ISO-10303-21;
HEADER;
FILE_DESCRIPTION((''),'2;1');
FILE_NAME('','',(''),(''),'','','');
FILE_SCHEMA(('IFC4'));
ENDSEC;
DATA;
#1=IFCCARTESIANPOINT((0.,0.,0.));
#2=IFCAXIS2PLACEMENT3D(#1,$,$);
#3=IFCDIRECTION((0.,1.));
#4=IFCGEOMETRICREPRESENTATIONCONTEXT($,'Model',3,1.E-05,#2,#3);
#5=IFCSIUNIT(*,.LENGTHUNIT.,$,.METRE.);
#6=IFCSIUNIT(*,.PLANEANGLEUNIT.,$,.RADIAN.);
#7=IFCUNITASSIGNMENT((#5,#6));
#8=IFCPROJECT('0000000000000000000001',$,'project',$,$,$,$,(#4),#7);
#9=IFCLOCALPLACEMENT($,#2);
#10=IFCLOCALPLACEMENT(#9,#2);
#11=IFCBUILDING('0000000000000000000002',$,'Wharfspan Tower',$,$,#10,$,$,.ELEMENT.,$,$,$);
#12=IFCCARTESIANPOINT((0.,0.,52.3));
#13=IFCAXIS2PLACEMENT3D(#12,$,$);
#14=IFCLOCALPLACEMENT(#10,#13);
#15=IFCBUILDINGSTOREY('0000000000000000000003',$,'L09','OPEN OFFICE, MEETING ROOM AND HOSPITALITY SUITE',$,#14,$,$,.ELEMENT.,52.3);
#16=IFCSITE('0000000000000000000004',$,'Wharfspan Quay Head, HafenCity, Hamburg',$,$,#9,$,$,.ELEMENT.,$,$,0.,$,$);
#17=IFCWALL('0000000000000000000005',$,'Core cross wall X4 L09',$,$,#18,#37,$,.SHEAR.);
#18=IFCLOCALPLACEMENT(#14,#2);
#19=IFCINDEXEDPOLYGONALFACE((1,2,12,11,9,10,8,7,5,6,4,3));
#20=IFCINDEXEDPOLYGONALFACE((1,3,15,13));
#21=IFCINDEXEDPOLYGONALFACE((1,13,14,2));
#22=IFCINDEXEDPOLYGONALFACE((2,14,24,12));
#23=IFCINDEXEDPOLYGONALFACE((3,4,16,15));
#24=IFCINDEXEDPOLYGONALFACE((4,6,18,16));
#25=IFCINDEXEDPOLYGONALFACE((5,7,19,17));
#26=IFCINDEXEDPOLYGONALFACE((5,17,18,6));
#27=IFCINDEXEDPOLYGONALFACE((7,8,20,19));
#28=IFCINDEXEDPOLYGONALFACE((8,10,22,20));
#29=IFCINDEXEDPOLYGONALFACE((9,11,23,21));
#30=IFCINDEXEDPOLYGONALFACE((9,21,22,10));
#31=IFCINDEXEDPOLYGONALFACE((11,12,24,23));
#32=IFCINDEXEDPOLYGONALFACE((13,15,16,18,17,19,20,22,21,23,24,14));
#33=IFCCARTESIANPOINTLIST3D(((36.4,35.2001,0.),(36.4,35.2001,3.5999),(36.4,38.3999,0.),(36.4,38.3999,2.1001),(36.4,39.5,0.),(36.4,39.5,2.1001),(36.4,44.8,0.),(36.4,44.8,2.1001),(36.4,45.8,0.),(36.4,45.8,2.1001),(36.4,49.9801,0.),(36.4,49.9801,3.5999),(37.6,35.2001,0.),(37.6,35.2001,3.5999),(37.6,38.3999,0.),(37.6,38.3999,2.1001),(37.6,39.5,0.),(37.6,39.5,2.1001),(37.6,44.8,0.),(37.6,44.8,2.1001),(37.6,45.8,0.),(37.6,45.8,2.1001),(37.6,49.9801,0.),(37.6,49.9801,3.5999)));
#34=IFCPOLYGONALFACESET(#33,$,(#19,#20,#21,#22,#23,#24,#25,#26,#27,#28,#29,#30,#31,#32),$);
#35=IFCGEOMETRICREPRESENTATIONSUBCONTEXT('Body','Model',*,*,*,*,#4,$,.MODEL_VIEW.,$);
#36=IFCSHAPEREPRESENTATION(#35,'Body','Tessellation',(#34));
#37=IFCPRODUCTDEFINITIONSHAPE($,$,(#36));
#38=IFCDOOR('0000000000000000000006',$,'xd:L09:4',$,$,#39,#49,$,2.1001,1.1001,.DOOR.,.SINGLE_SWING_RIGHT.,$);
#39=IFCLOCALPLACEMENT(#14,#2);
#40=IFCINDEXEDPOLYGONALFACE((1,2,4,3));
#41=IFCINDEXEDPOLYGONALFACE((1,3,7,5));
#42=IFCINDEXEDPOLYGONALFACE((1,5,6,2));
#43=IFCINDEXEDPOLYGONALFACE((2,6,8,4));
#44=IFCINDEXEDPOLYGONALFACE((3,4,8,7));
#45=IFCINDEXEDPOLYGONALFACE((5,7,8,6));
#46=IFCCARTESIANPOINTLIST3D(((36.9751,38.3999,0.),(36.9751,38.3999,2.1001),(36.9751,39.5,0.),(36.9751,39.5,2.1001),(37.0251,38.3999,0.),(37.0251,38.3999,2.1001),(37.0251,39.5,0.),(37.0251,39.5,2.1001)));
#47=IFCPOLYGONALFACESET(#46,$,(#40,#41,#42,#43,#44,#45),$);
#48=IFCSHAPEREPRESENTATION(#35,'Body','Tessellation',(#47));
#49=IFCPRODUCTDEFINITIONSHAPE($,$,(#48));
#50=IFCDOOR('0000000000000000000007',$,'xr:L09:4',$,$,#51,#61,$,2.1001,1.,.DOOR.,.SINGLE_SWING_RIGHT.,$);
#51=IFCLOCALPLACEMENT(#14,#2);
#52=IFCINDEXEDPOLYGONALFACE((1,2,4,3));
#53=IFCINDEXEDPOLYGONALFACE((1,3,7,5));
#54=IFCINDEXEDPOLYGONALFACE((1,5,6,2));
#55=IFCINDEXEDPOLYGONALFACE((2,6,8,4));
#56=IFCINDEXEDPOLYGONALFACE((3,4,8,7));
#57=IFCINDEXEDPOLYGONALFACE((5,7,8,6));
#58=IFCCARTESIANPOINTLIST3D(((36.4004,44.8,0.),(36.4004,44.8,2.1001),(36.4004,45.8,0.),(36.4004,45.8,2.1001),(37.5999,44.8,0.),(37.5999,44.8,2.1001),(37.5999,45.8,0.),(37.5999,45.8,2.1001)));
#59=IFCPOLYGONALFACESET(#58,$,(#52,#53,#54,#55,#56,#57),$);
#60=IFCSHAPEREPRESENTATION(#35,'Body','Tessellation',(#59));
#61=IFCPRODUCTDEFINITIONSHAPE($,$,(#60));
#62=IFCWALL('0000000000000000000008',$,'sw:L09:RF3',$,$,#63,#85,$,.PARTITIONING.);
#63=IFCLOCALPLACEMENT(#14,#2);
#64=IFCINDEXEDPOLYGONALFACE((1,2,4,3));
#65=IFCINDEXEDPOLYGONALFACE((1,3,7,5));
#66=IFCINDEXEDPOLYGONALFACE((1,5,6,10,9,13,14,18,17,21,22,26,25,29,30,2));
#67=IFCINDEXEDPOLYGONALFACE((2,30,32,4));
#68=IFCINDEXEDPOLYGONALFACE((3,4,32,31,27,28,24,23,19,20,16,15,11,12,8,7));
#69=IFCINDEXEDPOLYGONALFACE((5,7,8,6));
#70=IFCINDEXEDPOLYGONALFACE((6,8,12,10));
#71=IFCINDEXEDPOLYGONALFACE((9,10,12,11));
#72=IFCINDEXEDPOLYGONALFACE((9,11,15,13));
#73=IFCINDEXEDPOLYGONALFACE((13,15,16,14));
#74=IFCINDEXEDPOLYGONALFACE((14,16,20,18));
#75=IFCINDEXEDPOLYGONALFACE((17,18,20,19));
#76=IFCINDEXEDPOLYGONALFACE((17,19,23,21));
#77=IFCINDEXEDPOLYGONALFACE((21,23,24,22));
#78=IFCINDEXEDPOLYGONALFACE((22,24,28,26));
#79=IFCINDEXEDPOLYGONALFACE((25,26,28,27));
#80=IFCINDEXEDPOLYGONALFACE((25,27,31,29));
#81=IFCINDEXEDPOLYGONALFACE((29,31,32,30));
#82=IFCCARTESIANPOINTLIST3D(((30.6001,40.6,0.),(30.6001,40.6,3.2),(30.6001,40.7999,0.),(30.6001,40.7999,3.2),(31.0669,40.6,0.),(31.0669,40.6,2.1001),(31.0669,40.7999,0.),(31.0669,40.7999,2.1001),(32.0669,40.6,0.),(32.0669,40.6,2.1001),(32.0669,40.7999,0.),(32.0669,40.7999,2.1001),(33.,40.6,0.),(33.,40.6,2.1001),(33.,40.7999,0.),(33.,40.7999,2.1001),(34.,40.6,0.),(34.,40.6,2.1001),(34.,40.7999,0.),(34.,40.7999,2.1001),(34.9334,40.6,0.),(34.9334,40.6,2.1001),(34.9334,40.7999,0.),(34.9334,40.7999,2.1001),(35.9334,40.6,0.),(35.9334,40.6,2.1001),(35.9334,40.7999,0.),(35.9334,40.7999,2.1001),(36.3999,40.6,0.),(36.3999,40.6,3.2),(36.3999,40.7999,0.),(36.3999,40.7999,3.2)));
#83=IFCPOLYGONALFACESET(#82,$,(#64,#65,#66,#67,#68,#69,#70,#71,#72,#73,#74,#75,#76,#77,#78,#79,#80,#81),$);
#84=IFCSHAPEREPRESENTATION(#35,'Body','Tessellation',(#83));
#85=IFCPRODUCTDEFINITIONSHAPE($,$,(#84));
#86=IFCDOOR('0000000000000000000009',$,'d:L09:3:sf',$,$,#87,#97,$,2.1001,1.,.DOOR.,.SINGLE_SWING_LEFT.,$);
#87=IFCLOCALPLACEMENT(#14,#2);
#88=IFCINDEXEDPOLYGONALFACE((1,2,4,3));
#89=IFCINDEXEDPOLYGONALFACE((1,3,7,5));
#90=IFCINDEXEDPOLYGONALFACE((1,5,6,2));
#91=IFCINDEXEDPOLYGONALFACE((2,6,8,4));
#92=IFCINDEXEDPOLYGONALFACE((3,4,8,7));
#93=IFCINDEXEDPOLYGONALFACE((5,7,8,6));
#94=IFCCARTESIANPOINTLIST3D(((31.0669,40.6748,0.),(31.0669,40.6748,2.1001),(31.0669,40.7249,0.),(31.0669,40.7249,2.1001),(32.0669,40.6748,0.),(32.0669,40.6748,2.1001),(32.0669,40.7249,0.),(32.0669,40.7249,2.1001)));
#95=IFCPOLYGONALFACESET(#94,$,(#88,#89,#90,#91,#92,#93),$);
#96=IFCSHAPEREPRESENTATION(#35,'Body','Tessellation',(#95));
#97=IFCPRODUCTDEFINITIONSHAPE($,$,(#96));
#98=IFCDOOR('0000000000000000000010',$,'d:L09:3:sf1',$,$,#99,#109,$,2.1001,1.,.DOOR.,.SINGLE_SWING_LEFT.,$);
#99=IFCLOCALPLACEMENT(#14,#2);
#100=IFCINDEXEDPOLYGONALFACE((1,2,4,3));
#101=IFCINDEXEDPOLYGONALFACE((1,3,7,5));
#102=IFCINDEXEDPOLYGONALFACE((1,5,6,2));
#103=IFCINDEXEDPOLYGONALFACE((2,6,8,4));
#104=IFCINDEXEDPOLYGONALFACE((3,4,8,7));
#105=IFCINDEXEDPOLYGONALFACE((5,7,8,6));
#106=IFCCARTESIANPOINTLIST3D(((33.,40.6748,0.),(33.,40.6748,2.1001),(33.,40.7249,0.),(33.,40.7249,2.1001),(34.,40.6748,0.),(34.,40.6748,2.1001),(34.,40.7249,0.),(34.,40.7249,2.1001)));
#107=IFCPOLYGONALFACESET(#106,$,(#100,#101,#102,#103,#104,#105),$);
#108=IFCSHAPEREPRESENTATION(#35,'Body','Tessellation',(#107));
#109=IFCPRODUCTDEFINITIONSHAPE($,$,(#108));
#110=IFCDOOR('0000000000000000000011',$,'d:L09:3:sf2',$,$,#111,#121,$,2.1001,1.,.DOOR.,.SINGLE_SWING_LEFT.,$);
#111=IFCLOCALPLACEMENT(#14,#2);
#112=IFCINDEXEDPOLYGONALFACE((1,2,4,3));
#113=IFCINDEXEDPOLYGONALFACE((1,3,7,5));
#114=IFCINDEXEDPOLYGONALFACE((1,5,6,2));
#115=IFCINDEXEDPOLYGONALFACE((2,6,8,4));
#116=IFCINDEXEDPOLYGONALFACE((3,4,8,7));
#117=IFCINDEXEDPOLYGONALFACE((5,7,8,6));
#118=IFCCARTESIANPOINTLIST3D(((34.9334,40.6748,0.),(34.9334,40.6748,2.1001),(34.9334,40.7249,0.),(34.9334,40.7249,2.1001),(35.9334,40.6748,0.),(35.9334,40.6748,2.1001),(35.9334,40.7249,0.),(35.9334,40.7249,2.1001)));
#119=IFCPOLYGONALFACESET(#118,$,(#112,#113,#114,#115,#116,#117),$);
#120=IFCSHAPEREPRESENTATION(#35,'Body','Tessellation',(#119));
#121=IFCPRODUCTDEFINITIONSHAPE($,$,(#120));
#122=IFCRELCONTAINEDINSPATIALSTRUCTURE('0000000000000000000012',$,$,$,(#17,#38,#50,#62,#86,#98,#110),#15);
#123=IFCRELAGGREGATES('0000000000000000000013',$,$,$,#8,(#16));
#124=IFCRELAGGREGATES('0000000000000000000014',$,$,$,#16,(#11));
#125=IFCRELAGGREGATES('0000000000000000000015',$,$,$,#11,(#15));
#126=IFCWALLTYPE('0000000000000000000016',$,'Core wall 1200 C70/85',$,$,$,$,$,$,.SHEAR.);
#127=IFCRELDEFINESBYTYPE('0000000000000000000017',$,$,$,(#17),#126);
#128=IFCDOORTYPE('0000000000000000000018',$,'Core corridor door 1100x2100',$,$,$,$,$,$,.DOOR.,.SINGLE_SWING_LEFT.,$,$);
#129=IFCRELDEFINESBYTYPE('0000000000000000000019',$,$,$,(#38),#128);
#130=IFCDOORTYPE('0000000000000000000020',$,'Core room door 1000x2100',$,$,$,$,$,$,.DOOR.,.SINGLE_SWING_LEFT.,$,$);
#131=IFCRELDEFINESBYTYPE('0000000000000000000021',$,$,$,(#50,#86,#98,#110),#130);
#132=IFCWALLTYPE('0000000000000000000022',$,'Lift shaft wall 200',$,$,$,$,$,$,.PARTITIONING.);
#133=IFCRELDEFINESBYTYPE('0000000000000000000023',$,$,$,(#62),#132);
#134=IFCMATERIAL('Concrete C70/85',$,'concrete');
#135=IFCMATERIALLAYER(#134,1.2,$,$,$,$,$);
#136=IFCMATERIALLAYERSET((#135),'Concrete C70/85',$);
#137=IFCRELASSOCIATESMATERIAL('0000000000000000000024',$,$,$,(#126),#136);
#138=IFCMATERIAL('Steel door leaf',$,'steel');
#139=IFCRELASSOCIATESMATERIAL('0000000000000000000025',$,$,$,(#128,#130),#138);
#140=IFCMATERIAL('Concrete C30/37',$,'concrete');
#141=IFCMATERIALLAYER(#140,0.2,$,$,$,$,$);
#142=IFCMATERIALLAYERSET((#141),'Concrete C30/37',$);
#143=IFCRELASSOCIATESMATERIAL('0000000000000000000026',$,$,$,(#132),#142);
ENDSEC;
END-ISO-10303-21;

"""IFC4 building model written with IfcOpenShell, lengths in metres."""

from ifc_helpers import new_model, si_unit, direction, frame, frame_2d, origin, place, context, subcontext, project, spatial, rectangle, extrude, material, layer, layer_set, type_object, element, fill, save


model = new_model("IFC4")

# Units and contexts
model_context = context("Model", 3, precision=1e-05, world=origin(), true_north=direction((0.0, 1.0)))
body_context = subcontext(model_context, "Body", "Model", "MODEL_VIEW")
ifc_project = project(units=[si_unit("LENGTHUNIT", "METRE"), si_unit("PLANEANGLEUNIT", "RADIAN")], contexts=[model_context])

# Site, building, storey
site_placement = place(None, origin())
site = spatial("IfcSite", under=ifc_project, at=site_placement, Name="Wharfspan Quay Head, HafenCity, Hamburg", CompositionType="ELEMENT", RefElevation=0.0)
building_placement = place(site_placement, origin())
building = spatial("IfcBuilding", under=site, at=building_placement, Name="Wharfspan Tower", CompositionType="ELEMENT")
storey_placement = place(building_placement, frame((0.0, 0.0, 52.3)))
storey = spatial("IfcBuildingStorey", under=building, at=storey_placement, Name="L09", Description="OPEN OFFICE, MEETING ROOM AND HOSPITALITY SUITE", CompositionType="ELEMENT", Elevation=52.3)

# Walls, openings, doors
ifc_material_1 = material(Name="Concrete C70/85", Category="concrete")
ifc_layer_1 = layer(ifc_material_1, 1.2)
ifc_layer_set_1 = layer_set([ifc_layer_1], Name="Concrete C70/85")
wall_type_1 = type_object("IfcWallType", Name="Core wall 1200 C70/85", PredefinedType="SHEAR", material=ifc_layer_set_1)
wall_1_placement = place(storey_placement, frame((37.0, 35.2, 0.0), z_axis=(0.0, 0.0, 1.0), x_axis=(0.0, 1.0, 0.0)))
wall_1 = element("IfcWall", 1, at=wall_1_placement, inside=storey, type_object=wall_type_1, Name="Core cross wall X4 L09", PredefinedType="SHEAR", context=body_context, shape_type="SweptSolid", body=[
    extrude(rectangle(XDim=14.78, YDim=1.2, at=frame_2d((7.3901, 0.0))), origin(), (0.0, 0.0, 1.0), 3.5999),
])
opening_1_placement = place(wall_1_placement, frame((3.2, 0.0, 0.0)))
opening_1 = element("IfcOpeningElement", 2, at=opening_1_placement, cuts=wall_1, PredefinedType="OPENING", context=body_context, shape_type="SweptSolid", body=[
    extrude(rectangle(XDim=1.1001, YDim=2.1001, at=frame_2d((0.55, 1.05))), frame((0.0, 0.6099, 0.0), z_axis=(0.0, -1.0, 0.0), x_axis=(1.0, 0.0, 0.0)), (0.0, 0.0, 1.0), 1.22),
])
opening_2_placement = place(wall_1_placement, frame((9.6001, 0.0, 0.0)))
opening_2 = element("IfcOpeningElement", 3, at=opening_2_placement, cuts=wall_1, PredefinedType="OPENING", context=body_context, shape_type="SweptSolid", body=[
    extrude(rectangle(XDim=1.0, YDim=2.1001, at=frame_2d((0.5, 1.05))), frame((0.0, 0.6099, 0.0), z_axis=(0.0, -1.0, 0.0), x_axis=(1.0, 0.0, 0.0)), (0.0, 0.0, 1.0), 1.22),
])
ifc_material_2 = material(Name="Steel door leaf", Category="steel")
door_type_1 = type_object("IfcDoorType", Name="Core corridor door 1100x2100", OperationType="SINGLE_SWING_LEFT", PredefinedType="DOOR", material=ifc_material_2)
door_1_placement = place(opening_1_placement, origin())
door_1 = element("IfcDoor", 4, at=door_1_placement, inside=storey, type_object=door_type_1, Name="xd:L09:4", OperationType="SINGLE_SWING_RIGHT", OverallHeight=2.1001, OverallWidth=1.1001, PredefinedType="DOOR", context=body_context, shape_type="SweptSolid", body=[
    extrude(rectangle(XDim=1.1001, YDim=2.1001, at=frame_2d((0.55, 1.05))), frame((0.0, 0.0249, 0.0), z_axis=(0.0, -1.0, 0.0), x_axis=(1.0, 0.0, 0.0)), (0.0, 0.0, 1.0), 0.05),
])
fill(opening_1, door_1)
door_type_2 = type_object("IfcDoorType", Name="Core room door 1000x2100", OperationType="SINGLE_SWING_LEFT", PredefinedType="DOOR", material=ifc_material_2)
door_2_placement = place(opening_2_placement, origin())
door_2 = element("IfcDoor", 5, at=door_2_placement, inside=storey, type_object=door_type_2, Name="xr:L09:4", OperationType="SINGLE_SWING_RIGHT", OverallHeight=2.1001, OverallWidth=1.0, PredefinedType="DOOR", context=body_context, shape_type="SweptSolid", body=[
    extrude(rectangle(XDim=1.0, YDim=2.1001, at=frame_2d((0.5, 1.05))), frame((0.0, 0.5996, 0.0), z_axis=(0.0, -1.0, 0.0), x_axis=(1.0, 0.0, 0.0)), (0.0, 0.0, 1.0), 1.1995),
])
fill(opening_2, door_2)
ifc_material_3 = material(Name="Concrete C30/37", Category="concrete")
ifc_layer_2 = layer(ifc_material_3, 0.2)
ifc_layer_set_2 = layer_set([ifc_layer_2], Name="Concrete C30/37")
wall_type_2 = type_object("IfcWallType", Name="Lift shaft wall 200", PredefinedType="PARTITIONING", material=ifc_layer_set_2)
wall_2_placement = place(storey_placement, frame((30.6001, 40.7, 0.0), z_axis=(0.0, 0.0, 1.0), x_axis=(1.0, 0.0, 0.0)))
wall_2 = element("IfcWall", 6, at=wall_2_placement, inside=storey, type_object=wall_type_2, Name="sw:L09:RF3", PredefinedType="PARTITIONING", context=body_context, shape_type="SweptSolid", body=[
    extrude(rectangle(XDim=5.7998, YDim=0.2, at=frame_2d((2.8999, 0.0))), origin(), (0.0, 0.0, 1.0), 3.2),
])
opening_3_placement = place(wall_2_placement, frame((0.4668, 0.0, 0.0)))
opening_3 = element("IfcOpeningElement", 7, at=opening_3_placement, cuts=wall_2, PredefinedType="OPENING", context=body_context, shape_type="SweptSolid", body=[
    extrude(rectangle(XDim=1.0, YDim=2.1001, at=frame_2d((0.5, 1.05))), frame((0.0, 0.1099, 0.0), z_axis=(0.0, -1.0, 0.0), x_axis=(1.0, 0.0, 0.0)), (0.0, 0.0, 1.0), 0.22),
])
opening_4_placement = place(wall_2_placement, frame((2.3999, 0.0, 0.0)))
opening_4 = element("IfcOpeningElement", 8, at=opening_4_placement, cuts=wall_2, PredefinedType="OPENING", context=body_context, shape_type="SweptSolid", body=[
    extrude(rectangle(XDim=1.0, YDim=2.1001, at=frame_2d((0.5, 1.05))), frame((0.0, 0.1099, 0.0), z_axis=(0.0, -1.0, 0.0), x_axis=(1.0, 0.0, 0.0)), (0.0, 0.0, 1.0), 0.22),
])
opening_5_placement = place(wall_2_placement, frame((4.3333, 0.0, 0.0)))
opening_5 = element("IfcOpeningElement", 9, at=opening_5_placement, cuts=wall_2, PredefinedType="OPENING", context=body_context, shape_type="SweptSolid", body=[
    extrude(rectangle(XDim=1.0, YDim=2.1001, at=frame_2d((0.5, 1.05))), frame((0.0, 0.1099, 0.0), z_axis=(0.0, -1.0, 0.0), x_axis=(1.0, 0.0, 0.0)), (0.0, 0.0, 1.0), 0.22),
])
door_3_placement = place(opening_3_placement, origin())
door_3 = element("IfcDoor", 10, at=door_3_placement, inside=storey, type_object=door_type_2, Name="d:L09:3:sf", OperationType="SINGLE_SWING_LEFT", OverallHeight=2.1001, OverallWidth=1.0, PredefinedType="DOOR", context=body_context, shape_type="SweptSolid", body=[
    extrude(rectangle(XDim=1.0, YDim=2.1001, at=frame_2d((0.5, 1.05))), frame((0.0, 0.0249, 0.0), z_axis=(0.0, -1.0, 0.0), x_axis=(1.0, 0.0, 0.0)), (0.0, 0.0, 1.0), 0.05),
])
fill(opening_3, door_3)
door_4_placement = place(opening_4_placement, origin())
door_4 = element("IfcDoor", 11, at=door_4_placement, inside=storey, type_object=door_type_2, Name="d:L09:3:sf1", OperationType="SINGLE_SWING_LEFT", OverallHeight=2.1001, OverallWidth=1.0, PredefinedType="DOOR", context=body_context, shape_type="SweptSolid", body=[
    extrude(rectangle(XDim=1.0, YDim=2.1001, at=frame_2d((0.5, 1.05))), frame((0.0, 0.0249, 0.0), z_axis=(0.0, -1.0, 0.0), x_axis=(1.0, 0.0, 0.0)), (0.0, 0.0, 1.0), 0.05),
])
fill(opening_4, door_4)
door_5_placement = place(opening_5_placement, origin())
door_5 = element("IfcDoor", 12, at=door_5_placement, inside=storey, type_object=door_type_2, Name="d:L09:3:sf2", OperationType="SINGLE_SWING_LEFT", OverallHeight=2.1001, OverallWidth=1.0, PredefinedType="DOOR", context=body_context, shape_type="SweptSolid", body=[
    extrude(rectangle(XDim=1.0, YDim=2.1001, at=frame_2d((0.5, 1.05))), frame((0.0, 0.0249, 0.0), z_axis=(0.0, -1.0, 0.0), x_axis=(1.0, 0.0, 0.0)), (0.0, 0.0, 1.0), 0.05),
])
fill(opening_5, door_5)

save(model, "model.ifc")
